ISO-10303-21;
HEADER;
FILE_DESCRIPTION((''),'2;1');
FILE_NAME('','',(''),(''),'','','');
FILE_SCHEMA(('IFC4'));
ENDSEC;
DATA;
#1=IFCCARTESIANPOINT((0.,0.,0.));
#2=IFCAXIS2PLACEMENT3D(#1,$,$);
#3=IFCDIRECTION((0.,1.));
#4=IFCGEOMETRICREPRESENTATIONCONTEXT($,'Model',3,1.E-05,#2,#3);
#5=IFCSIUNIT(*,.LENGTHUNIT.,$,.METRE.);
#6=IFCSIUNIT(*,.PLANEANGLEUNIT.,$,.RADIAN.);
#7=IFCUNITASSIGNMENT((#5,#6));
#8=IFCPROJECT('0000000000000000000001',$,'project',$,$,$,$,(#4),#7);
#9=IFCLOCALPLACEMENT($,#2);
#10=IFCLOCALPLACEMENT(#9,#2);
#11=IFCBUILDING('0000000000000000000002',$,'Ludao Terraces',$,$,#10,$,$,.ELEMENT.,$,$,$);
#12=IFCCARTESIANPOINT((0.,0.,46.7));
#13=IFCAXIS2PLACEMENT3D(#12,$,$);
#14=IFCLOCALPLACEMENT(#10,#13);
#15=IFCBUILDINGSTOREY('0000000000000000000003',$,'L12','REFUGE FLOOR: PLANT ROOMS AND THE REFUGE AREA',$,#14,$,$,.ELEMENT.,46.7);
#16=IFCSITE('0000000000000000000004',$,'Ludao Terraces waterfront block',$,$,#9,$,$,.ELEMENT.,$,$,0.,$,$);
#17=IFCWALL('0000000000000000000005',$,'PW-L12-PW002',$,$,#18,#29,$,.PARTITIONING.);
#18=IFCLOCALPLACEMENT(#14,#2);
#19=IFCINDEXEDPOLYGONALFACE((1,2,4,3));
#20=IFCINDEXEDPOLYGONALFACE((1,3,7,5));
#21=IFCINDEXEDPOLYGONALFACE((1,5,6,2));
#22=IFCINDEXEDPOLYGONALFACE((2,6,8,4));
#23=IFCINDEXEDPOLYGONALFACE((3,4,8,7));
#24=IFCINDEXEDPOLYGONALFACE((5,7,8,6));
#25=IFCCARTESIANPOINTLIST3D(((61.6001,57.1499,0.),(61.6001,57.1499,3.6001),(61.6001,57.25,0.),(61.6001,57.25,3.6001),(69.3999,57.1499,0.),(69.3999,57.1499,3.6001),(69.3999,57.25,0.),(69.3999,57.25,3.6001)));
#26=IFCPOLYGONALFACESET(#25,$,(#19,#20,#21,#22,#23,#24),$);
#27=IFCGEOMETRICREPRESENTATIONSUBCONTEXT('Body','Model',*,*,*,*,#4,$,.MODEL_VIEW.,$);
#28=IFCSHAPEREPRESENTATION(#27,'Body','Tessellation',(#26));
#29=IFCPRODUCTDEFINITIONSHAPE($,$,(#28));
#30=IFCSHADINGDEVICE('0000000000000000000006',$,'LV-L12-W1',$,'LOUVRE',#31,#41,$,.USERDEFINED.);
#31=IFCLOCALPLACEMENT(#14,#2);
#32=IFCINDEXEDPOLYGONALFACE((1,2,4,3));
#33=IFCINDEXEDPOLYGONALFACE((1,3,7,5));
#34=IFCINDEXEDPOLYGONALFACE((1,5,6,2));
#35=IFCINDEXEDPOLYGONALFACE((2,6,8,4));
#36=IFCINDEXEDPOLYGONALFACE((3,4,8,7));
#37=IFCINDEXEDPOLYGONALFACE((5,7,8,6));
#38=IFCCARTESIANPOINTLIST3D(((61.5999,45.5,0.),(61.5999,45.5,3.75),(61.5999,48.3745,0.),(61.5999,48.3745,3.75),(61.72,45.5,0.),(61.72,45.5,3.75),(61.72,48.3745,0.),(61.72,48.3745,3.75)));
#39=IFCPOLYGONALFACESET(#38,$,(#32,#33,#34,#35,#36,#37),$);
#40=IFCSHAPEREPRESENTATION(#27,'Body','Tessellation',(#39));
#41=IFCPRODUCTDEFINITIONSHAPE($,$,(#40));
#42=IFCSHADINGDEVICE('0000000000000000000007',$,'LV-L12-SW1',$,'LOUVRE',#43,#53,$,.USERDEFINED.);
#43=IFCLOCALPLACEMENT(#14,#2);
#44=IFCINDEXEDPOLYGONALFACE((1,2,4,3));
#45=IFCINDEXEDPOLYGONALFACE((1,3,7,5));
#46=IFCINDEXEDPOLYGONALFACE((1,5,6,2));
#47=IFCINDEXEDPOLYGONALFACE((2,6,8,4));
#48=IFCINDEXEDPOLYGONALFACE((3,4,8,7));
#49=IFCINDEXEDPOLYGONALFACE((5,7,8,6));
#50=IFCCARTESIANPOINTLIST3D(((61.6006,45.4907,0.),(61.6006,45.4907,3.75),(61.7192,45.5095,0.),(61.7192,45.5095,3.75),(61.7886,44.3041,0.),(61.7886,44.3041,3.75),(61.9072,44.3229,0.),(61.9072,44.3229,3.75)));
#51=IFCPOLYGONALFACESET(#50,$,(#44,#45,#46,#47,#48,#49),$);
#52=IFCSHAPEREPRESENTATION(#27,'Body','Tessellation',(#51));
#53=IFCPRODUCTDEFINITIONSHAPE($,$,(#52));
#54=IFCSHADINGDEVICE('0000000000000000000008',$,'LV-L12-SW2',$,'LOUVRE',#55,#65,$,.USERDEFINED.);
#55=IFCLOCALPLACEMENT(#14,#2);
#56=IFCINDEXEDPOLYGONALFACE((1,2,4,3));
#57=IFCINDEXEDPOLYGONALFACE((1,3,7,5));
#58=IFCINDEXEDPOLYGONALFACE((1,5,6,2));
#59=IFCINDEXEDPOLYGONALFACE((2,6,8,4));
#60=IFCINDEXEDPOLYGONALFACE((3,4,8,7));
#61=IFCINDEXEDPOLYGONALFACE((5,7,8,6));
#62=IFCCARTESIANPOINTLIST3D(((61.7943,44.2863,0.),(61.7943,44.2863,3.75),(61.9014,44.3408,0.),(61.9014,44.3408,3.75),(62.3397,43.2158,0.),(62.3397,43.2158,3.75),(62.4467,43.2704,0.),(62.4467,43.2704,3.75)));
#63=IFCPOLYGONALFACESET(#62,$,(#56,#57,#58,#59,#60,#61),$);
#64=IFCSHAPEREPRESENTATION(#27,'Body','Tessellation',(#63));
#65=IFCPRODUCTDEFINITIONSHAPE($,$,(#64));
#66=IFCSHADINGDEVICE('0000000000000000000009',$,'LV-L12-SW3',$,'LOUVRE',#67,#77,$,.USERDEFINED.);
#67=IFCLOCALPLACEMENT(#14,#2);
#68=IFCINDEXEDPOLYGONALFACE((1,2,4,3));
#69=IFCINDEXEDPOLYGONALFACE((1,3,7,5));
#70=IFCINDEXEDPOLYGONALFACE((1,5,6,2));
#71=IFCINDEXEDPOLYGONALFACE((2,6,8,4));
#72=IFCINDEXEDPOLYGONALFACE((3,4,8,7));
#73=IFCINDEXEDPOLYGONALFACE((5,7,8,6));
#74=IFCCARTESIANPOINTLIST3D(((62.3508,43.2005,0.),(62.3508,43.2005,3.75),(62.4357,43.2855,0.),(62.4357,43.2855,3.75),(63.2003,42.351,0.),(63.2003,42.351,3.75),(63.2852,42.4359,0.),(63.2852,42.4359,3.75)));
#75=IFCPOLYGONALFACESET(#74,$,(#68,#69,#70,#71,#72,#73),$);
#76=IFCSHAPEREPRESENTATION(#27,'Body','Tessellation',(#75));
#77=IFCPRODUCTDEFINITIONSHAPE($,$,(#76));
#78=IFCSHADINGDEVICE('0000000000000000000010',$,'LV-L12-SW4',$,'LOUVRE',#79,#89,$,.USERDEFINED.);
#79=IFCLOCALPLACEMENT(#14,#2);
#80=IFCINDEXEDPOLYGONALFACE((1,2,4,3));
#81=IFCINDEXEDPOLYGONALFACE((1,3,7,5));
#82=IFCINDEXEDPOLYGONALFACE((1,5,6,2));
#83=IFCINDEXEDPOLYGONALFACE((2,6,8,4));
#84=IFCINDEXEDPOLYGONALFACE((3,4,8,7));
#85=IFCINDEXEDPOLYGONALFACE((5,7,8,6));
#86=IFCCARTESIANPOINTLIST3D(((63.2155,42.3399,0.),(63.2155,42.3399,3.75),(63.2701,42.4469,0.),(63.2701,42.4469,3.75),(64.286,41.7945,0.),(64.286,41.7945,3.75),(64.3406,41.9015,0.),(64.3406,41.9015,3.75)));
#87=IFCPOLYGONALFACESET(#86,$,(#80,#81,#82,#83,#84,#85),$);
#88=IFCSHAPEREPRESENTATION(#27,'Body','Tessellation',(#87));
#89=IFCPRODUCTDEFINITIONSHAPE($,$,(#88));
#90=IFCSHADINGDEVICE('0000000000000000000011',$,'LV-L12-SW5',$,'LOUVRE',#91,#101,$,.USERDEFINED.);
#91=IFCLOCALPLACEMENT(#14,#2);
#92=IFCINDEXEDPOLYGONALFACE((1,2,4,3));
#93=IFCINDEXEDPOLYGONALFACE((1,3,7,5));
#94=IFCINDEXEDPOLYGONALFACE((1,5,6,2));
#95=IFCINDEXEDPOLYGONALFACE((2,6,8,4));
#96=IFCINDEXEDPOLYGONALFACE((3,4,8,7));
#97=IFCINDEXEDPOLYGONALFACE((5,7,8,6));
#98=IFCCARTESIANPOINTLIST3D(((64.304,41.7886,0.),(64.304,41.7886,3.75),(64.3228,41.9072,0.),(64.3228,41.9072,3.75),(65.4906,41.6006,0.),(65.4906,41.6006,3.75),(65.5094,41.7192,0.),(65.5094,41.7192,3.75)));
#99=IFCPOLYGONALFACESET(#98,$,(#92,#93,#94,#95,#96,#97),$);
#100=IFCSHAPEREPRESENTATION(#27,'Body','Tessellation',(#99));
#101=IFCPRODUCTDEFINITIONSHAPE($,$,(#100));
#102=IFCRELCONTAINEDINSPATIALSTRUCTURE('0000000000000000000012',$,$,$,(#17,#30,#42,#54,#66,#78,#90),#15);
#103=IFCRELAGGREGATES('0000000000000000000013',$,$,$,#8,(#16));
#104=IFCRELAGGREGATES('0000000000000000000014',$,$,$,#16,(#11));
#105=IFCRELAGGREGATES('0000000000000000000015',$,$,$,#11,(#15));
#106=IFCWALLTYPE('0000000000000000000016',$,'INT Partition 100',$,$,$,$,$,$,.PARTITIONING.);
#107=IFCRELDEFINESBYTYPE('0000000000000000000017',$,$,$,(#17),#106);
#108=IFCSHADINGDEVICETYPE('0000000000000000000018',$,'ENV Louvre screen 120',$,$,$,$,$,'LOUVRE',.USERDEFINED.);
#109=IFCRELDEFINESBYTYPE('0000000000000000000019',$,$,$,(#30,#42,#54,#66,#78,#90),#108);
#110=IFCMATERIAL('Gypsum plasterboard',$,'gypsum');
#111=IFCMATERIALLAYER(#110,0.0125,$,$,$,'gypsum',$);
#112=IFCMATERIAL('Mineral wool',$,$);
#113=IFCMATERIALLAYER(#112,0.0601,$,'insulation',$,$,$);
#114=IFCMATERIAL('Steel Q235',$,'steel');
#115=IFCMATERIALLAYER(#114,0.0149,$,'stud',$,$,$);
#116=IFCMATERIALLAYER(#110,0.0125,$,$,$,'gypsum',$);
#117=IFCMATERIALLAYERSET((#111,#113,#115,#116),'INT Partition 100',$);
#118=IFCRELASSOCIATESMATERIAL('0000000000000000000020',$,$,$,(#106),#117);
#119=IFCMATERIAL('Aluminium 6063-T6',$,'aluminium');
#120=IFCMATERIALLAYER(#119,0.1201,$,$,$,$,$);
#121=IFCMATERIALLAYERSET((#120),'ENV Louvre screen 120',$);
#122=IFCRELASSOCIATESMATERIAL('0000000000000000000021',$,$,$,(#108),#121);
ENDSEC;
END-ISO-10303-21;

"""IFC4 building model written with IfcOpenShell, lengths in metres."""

from ifc_helpers import new_model, si_unit, direction, frame, frame_2d, origin, place, context, subcontext, project, spatial, rectangle, extrude, material, layer, layer_set, type_object, element, save


model = new_model("IFC4")

# Units and contexts
model_context = context("Model", 3, precision=1e-05, world=origin(), true_north=direction((0.0, 1.0)))
body_context = subcontext(model_context, "Body", "Model", "MODEL_VIEW")
ifc_project = project(units=[si_unit("LENGTHUNIT", "METRE"), si_unit("PLANEANGLEUNIT", "RADIAN")], contexts=[model_context])

# Site, building, storey
site_placement = place(None, origin())
site = spatial("IfcSite", under=ifc_project, at=site_placement, Name="Ludao Terraces waterfront block", CompositionType="ELEMENT", RefElevation=0.0)
building_placement = place(site_placement, origin())
building = spatial("IfcBuilding", under=site, at=building_placement, Name="Ludao Terraces", CompositionType="ELEMENT")
storey_placement = place(building_placement, frame((0.0, 0.0, 46.7)))
storey = spatial("IfcBuildingStorey", under=building, at=storey_placement, Name="L12", Description="REFUGE FLOOR: PLANT ROOMS AND THE REFUGE AREA", CompositionType="ELEMENT", Elevation=46.7)

# Wall
ifc_material_1 = material(Name="Gypsum plasterboard", Category="gypsum")
ifc_layer_1 = layer(ifc_material_1, 0.0125, Category="gypsum")
ifc_material_2 = material(Name="Mineral wool")
ifc_layer_2 = layer(ifc_material_2, 0.0601, Name="insulation")
ifc_material_3 = material(Name="Steel Q235", Category="steel")
ifc_layer_3 = layer(ifc_material_3, 0.0149, Name="stud")
ifc_layer_4 = layer(ifc_material_1, 0.0125, Category="gypsum")
ifc_layer_set_1 = layer_set([ifc_layer_1, ifc_layer_2, ifc_layer_3, ifc_layer_4], Name="INT Partition 100")
wall_type = type_object("IfcWallType", Name="INT Partition 100", PredefinedType="PARTITIONING", material=ifc_layer_set_1)
wall_placement = place(storey_placement, frame((61.6001, 57.2, 0.0), z_axis=(0.0, 0.0, 1.0), x_axis=(1.0, 0.0, 0.0)))
element("IfcWall", 1, at=wall_placement, inside=storey, type_object=wall_type, Name="PW-L12-PW002", PredefinedType="PARTITIONING", context=body_context, shape_type="SweptSolid", body=[
    extrude(rectangle(XDim=7.7998, YDim=0.1001, at=frame_2d((3.8999, 0.0))), origin(), (0.0, 0.0, 1.0), 3.6001),
])

# Shading devices
ifc_material_4 = material(Name="Aluminium 6063-T6", Category="aluminium")
ifc_layer_5 = layer(ifc_material_4, 0.1201)
ifc_layer_set_2 = layer_set([ifc_layer_5], Name="ENV Louvre screen 120")
shading_device_type = type_object("IfcShadingDeviceType", Name="ENV Louvre screen 120", ElementType="LOUVRE", PredefinedType="USERDEFINED", material=ifc_layer_set_2)
shading_device_placement = place(storey_placement, frame((61.6599, 45.5, 0.0), z_axis=(0.0, 0.0, 1.0), x_axis=(0.0, 1.0, 0.0)))
element("IfcShadingDevice", 2, at=shading_device_placement, inside=storey, type_object=shading_device_type, Name="LV-L12-W1", ObjectType="LOUVRE", PredefinedType="USERDEFINED", context=body_context, shape_type="SweptSolid", body=[
    extrude(rectangle(XDim=2.8745, YDim=0.1201, at=frame_2d((1.4373, 0.0))), origin(), (0.0, 0.0, 1.0), 3.75),
])
for number, where, z_axis, x_axis, name in (
    (3, (61.6599, 45.5, 0.0), (0.0, 0.0, 1.0), (0.156484, -0.98768, 0.0), "LV-L12-SW1"),
    (4, (61.8479, 44.3135, 0.0), (0.0, 0.0, 1.0), (0.453947, -0.891029, 0.0), "LV-L12-SW2"),
    (5, (62.3933, 43.2429, 0.0), (0.0, 0.0, 1.0), (0.707107, -0.707107, 0.0), "LV-L12-SW3"),
    (6, (63.2429, 42.3933, 0.0), (0.0, 0.0, 1.0), (0.891029, -0.453947, 0.0), "LV-L12-SW4"),
    (7, (64.3135, 41.8479, 0.0), (0.0, 0.0, 1.0), (0.98768, -0.156484, 0.0), "LV-L12-SW5"),
):
    element("IfcShadingDevice", number, at=place(storey_placement, frame(where, z_axis=z_axis, x_axis=x_axis)), inside=storey, type_object=shading_device_type, Name=name, ObjectType="LOUVRE", PredefinedType="USERDEFINED", context=body_context, shape_type="SweptSolid", body=[
        extrude(rectangle(XDim=1.2014, YDim=0.1201, at=frame_2d((0.6006, 0.0))), origin(), (0.0, 0.0, 1.0), 3.75),
    ])

save(model, "model.ifc")
